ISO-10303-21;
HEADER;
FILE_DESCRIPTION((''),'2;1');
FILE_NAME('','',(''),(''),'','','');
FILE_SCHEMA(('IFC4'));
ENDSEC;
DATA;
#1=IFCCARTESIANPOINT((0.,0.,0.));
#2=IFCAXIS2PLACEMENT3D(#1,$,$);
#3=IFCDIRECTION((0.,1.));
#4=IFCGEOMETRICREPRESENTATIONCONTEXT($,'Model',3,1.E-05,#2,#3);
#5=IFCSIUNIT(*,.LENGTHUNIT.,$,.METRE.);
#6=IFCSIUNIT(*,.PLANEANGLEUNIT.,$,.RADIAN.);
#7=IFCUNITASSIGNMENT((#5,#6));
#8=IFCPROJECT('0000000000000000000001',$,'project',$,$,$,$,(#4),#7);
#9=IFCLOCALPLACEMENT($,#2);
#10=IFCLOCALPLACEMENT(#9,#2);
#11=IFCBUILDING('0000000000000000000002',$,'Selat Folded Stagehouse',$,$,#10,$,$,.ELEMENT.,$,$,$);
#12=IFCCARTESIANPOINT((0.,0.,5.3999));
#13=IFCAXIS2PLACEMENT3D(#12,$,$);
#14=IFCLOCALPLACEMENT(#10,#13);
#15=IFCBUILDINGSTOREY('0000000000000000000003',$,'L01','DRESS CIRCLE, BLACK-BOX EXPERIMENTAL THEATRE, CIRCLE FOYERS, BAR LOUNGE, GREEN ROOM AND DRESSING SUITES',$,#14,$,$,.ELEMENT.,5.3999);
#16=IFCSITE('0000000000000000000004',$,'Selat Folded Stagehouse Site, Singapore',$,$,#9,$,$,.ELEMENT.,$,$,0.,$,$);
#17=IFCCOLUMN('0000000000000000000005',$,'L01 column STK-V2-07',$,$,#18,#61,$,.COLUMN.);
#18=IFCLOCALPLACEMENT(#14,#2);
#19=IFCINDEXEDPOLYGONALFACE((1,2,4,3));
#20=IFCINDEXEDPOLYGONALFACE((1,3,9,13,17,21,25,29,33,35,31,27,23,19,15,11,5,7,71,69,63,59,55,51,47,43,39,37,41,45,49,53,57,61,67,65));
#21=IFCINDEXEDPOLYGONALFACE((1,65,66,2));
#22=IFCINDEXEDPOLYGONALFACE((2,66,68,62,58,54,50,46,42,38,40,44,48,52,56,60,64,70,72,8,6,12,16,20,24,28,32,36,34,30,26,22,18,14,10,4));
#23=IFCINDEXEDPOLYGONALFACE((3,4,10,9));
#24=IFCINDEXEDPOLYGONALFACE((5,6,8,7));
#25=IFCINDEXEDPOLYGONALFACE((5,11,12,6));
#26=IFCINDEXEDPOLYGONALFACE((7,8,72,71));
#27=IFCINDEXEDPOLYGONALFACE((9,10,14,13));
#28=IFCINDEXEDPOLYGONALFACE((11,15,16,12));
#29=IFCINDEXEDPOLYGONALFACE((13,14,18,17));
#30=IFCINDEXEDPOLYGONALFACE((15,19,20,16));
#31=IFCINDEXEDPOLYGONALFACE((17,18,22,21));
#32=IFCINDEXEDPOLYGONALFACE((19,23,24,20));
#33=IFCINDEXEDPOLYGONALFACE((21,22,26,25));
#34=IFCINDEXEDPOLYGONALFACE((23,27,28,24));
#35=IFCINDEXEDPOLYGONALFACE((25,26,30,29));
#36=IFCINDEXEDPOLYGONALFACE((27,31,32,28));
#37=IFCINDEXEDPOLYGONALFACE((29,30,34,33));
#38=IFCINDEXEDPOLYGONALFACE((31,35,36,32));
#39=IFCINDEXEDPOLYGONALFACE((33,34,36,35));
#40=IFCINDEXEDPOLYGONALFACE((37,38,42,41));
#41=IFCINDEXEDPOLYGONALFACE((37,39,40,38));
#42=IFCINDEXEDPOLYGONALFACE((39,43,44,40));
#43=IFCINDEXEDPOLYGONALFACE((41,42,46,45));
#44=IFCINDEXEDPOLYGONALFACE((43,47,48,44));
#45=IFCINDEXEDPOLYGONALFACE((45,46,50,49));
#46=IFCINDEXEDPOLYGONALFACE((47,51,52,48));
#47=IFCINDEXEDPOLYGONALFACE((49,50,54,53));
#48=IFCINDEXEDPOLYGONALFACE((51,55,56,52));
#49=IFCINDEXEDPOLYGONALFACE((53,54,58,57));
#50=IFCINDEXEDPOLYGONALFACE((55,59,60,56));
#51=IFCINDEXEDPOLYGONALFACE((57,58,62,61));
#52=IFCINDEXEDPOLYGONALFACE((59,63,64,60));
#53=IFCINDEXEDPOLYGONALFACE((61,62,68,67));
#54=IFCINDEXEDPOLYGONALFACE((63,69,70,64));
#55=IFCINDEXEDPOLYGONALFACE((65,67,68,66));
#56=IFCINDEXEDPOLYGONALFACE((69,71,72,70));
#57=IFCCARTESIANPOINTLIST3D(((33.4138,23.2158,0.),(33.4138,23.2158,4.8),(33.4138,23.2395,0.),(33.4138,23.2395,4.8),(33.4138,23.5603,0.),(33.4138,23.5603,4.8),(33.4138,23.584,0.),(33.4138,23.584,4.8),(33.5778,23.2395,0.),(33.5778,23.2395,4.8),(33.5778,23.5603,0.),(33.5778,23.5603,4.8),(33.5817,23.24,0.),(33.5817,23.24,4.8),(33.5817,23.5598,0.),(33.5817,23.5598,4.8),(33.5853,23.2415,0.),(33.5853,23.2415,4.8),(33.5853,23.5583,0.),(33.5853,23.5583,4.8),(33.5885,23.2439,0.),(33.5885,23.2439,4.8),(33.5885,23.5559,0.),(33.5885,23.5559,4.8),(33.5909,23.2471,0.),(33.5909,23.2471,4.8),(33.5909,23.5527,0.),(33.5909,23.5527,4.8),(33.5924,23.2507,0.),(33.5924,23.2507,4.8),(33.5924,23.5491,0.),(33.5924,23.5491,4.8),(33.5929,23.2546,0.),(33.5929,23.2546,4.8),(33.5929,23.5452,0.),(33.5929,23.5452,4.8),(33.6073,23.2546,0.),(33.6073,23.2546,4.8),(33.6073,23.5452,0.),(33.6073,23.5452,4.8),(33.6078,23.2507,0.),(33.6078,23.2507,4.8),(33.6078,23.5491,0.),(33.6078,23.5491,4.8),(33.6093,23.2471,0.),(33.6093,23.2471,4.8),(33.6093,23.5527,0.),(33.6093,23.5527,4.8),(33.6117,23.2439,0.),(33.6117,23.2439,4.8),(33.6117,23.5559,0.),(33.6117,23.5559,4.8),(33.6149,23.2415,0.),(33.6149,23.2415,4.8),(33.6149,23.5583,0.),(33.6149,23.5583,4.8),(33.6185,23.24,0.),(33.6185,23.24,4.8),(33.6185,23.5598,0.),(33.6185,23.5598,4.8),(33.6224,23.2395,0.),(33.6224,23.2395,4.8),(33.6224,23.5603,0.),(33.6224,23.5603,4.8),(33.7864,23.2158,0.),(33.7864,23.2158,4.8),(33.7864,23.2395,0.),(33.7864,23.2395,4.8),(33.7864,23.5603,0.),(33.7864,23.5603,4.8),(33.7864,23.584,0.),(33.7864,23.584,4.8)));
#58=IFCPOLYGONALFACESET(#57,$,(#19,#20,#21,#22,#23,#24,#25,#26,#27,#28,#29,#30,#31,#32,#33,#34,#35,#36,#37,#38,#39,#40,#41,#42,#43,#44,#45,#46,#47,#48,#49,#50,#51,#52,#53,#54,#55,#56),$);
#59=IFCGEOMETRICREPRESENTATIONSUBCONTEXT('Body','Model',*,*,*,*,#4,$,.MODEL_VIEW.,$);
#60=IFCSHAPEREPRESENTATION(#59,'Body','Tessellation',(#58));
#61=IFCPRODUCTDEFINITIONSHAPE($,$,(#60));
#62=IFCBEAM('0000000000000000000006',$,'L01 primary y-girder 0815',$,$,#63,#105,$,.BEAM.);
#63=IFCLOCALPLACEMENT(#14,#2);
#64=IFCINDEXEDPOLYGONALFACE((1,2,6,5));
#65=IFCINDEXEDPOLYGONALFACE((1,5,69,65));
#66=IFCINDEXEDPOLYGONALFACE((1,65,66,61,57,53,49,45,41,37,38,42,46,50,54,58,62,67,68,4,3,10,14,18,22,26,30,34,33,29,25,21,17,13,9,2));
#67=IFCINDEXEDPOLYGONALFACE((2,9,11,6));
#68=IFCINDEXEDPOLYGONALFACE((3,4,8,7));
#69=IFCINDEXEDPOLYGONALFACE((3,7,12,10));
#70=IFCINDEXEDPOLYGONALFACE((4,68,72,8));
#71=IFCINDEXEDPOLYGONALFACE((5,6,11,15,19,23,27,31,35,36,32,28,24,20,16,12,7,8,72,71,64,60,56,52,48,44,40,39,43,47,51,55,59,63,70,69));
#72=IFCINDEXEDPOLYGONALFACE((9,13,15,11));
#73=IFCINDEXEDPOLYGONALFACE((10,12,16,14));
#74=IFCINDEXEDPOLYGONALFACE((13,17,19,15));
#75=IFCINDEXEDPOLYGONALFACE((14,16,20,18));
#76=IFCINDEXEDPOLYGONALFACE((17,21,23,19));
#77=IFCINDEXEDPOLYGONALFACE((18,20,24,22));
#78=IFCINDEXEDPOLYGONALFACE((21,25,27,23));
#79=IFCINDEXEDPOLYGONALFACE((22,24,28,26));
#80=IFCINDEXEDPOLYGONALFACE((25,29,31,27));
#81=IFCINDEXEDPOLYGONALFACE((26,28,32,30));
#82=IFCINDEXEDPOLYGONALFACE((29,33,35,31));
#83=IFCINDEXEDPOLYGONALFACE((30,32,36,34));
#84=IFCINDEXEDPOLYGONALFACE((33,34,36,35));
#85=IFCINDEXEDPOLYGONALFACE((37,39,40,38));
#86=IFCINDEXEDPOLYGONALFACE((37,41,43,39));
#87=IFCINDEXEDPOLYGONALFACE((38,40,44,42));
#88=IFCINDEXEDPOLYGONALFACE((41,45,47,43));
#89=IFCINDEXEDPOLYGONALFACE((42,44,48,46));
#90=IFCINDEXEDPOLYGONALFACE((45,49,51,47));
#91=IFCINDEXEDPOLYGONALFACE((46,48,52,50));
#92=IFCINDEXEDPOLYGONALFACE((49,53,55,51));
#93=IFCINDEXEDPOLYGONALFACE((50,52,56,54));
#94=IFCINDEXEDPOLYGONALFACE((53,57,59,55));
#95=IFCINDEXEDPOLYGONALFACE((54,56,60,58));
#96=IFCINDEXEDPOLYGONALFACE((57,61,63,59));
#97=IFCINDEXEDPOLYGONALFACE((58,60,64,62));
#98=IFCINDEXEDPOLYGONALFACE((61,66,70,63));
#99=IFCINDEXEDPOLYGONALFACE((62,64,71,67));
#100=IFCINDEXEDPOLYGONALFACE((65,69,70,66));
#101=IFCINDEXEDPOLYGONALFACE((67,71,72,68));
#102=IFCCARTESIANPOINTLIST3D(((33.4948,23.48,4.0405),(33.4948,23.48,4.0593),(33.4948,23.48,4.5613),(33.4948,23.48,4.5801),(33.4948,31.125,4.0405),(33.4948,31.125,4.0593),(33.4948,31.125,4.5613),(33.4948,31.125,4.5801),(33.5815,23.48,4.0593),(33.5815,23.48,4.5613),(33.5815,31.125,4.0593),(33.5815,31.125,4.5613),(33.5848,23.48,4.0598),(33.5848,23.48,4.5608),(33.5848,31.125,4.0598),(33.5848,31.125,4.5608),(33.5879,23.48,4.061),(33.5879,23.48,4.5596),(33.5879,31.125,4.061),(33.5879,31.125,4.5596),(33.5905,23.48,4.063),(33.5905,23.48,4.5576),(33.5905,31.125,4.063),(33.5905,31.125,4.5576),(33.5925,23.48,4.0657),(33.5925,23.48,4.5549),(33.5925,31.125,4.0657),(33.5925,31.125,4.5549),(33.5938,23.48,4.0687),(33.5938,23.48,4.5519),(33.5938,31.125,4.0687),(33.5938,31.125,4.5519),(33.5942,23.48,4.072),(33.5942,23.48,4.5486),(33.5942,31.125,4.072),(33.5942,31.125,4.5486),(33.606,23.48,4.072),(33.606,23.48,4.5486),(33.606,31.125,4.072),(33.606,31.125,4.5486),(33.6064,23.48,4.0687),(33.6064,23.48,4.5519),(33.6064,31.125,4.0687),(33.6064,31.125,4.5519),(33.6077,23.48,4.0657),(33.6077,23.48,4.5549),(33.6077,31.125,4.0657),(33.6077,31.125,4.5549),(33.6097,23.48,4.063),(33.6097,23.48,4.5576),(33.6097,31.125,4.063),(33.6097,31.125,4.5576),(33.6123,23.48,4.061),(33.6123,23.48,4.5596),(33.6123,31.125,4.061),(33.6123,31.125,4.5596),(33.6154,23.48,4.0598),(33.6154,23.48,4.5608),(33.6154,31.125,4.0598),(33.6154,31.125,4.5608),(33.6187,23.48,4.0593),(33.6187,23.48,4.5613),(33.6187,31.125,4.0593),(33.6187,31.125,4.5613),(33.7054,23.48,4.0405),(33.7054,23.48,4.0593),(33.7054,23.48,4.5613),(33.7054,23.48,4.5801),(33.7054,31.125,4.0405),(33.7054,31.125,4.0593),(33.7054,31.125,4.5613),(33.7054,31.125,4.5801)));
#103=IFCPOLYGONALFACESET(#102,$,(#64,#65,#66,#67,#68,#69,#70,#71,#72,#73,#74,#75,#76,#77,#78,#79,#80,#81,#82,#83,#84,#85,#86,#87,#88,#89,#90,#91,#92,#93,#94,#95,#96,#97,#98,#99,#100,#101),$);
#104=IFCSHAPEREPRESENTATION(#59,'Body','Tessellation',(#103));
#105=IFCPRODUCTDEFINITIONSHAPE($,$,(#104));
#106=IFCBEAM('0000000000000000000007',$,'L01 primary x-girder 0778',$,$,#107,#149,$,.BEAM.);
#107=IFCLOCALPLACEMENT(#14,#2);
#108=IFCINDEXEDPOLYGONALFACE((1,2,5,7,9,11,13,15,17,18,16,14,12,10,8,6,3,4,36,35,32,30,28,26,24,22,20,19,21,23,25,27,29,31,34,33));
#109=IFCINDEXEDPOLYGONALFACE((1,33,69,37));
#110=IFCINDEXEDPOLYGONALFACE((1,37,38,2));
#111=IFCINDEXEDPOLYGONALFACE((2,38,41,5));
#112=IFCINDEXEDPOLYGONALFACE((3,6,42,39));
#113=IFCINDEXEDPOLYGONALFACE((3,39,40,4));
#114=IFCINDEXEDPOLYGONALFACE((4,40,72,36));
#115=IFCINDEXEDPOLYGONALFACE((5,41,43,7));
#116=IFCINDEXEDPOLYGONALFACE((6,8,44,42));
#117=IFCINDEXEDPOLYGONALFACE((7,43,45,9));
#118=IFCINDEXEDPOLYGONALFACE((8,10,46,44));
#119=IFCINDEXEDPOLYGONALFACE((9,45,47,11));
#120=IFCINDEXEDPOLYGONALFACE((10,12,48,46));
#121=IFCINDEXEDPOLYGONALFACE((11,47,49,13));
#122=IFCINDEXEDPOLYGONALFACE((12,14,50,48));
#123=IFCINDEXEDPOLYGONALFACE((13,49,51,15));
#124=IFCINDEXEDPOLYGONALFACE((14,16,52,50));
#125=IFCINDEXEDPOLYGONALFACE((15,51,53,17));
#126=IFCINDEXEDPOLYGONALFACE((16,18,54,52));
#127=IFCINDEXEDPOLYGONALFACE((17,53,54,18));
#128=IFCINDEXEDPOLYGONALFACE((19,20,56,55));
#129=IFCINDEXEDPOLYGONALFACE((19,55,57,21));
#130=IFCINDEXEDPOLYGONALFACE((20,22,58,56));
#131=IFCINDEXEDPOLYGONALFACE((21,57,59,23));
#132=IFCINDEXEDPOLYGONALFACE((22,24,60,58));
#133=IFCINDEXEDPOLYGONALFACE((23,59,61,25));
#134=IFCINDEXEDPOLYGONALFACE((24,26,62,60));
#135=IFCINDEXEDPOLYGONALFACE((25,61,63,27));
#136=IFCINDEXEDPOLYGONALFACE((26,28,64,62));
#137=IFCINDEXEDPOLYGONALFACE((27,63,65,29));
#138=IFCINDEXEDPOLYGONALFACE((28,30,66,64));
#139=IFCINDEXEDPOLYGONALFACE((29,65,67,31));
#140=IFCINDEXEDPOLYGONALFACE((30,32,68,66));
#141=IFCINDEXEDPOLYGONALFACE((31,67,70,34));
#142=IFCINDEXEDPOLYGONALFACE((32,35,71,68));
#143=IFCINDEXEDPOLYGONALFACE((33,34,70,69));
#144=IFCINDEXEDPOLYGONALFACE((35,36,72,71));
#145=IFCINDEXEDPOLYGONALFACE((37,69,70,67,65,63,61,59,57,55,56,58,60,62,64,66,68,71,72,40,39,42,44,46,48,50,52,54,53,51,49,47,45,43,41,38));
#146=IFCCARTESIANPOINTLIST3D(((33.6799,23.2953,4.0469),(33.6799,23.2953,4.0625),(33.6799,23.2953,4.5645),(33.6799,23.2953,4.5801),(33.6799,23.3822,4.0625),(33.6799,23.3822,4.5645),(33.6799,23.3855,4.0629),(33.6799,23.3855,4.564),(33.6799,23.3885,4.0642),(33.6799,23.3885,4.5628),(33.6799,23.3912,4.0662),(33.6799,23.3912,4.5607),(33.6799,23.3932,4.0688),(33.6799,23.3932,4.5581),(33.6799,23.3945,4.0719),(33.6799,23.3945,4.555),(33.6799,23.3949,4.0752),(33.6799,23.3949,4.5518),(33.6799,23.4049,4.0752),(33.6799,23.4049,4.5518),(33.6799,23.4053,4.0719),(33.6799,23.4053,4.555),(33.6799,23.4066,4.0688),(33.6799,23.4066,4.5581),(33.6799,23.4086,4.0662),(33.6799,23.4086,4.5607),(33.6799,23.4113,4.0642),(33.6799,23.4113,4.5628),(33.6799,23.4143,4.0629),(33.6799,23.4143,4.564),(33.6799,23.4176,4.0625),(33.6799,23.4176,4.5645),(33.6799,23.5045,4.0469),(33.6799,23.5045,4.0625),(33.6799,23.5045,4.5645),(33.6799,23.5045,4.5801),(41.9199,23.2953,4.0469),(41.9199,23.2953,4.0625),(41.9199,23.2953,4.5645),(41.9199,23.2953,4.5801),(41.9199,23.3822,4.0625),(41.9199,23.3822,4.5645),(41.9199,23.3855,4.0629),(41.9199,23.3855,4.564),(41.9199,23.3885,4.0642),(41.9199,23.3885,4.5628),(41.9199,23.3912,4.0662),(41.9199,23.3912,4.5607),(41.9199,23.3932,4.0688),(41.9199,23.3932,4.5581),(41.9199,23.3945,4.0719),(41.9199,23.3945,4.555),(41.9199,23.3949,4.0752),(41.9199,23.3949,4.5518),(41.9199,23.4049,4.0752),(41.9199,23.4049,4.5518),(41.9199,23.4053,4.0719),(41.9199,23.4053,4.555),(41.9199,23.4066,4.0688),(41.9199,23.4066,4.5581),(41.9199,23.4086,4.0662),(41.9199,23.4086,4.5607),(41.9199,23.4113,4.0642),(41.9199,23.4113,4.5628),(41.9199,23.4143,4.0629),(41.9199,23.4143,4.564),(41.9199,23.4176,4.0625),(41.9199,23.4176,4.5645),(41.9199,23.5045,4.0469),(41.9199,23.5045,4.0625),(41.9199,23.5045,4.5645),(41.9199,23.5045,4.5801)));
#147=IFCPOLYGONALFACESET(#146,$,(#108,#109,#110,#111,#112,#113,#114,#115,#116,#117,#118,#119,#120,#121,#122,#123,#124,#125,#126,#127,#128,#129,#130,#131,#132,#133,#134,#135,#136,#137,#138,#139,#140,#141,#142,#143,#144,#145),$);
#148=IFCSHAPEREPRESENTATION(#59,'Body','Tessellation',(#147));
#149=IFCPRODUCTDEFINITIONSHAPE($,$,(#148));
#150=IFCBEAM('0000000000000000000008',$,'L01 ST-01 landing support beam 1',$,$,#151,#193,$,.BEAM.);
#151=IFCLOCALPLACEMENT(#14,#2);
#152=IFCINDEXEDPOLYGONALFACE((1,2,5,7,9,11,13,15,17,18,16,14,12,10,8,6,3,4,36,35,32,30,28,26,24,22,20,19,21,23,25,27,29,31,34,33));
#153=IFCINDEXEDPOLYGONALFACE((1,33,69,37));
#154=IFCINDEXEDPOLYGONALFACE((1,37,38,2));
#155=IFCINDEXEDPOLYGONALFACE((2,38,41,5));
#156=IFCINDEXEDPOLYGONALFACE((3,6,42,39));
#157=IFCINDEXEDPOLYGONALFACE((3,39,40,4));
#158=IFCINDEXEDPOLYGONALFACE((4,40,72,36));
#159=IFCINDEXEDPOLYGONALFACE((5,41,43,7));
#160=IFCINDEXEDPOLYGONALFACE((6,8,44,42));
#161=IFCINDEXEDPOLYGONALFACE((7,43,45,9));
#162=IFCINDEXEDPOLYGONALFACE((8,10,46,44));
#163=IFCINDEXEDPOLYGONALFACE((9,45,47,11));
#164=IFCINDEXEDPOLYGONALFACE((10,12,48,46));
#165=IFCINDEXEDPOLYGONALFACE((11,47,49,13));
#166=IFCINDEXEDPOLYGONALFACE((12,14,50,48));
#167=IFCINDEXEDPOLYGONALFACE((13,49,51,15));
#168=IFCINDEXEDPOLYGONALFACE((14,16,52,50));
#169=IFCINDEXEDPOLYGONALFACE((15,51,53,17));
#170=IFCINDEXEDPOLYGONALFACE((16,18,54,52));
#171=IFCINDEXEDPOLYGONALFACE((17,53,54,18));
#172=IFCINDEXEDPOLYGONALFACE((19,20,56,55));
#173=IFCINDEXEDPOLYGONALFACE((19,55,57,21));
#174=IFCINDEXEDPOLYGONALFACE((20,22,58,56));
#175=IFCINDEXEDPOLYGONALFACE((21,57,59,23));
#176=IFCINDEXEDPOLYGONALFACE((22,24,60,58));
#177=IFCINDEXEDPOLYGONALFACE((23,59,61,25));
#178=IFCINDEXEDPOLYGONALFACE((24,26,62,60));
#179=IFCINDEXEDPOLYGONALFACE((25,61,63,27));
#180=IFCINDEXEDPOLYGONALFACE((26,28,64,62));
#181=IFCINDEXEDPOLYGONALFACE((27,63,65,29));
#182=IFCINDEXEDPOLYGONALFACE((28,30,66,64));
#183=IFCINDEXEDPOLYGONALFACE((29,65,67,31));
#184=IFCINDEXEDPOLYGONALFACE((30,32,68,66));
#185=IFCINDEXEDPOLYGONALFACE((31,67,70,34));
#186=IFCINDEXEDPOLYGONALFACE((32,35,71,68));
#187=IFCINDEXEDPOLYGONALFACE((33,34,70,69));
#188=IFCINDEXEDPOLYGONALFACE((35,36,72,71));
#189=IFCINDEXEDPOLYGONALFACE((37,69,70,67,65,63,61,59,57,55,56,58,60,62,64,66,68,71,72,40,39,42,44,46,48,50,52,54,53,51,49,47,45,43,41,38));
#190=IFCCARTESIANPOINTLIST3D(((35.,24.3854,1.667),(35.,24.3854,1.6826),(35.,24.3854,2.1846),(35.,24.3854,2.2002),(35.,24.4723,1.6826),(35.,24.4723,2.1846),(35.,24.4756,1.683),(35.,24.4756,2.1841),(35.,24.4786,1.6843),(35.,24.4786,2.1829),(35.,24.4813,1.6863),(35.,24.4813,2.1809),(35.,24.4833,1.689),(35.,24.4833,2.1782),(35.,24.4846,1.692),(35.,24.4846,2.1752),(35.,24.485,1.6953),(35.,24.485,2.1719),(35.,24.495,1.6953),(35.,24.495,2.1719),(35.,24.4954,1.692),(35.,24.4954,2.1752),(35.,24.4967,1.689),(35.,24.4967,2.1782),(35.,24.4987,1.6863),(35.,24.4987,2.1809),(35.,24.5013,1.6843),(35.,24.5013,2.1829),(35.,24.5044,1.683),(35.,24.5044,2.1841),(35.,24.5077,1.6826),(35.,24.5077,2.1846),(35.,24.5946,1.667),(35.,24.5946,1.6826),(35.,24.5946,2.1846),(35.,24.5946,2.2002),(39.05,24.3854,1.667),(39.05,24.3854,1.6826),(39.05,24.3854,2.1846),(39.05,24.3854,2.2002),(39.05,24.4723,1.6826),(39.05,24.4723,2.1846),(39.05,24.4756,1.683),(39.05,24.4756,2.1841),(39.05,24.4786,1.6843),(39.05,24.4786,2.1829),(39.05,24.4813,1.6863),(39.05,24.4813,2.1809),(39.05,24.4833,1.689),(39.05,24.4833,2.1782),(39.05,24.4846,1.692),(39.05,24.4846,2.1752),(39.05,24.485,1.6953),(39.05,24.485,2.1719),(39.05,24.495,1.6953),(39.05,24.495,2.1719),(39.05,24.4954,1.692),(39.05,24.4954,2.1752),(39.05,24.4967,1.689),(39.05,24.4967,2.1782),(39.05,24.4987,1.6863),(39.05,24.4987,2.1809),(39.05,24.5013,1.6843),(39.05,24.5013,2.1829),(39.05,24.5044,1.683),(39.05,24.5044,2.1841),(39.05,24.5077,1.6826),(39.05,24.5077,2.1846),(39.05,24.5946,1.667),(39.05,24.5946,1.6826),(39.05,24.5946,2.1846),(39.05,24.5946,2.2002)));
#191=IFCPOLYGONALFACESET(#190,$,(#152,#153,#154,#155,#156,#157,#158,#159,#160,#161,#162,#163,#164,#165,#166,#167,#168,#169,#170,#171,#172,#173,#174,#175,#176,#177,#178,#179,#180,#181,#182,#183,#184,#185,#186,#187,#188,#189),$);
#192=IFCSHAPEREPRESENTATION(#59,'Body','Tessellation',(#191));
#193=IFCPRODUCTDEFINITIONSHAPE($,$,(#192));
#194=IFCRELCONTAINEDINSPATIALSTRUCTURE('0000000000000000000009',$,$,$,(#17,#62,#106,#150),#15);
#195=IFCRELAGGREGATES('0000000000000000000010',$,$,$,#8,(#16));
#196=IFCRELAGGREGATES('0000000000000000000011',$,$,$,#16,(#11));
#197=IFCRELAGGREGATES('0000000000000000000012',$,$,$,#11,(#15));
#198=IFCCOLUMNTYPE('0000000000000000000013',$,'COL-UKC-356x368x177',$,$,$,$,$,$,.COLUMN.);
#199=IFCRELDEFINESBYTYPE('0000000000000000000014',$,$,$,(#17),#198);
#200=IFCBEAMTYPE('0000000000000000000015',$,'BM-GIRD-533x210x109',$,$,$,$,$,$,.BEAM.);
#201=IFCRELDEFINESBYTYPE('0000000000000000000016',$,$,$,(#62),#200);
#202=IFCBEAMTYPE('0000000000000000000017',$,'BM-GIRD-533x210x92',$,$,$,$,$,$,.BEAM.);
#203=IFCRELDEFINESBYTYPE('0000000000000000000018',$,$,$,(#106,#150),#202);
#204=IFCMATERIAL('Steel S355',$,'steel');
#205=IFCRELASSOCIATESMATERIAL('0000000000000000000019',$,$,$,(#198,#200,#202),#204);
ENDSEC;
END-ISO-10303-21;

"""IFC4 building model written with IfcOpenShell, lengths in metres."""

from ifc_helpers import new_model, si_unit, direction, frame, origin, origin_2d, place, context, subcontext, project, spatial, i_section, extrude, material, material_profile, profile_set, type_object, element, save


model = new_model("IFC4")

# Units and contexts
model_context = context("Model", 3, precision=1e-05, world=origin(), true_north=direction((0.0, 1.0)))
body_context = subcontext(model_context, "Body", "Model", "MODEL_VIEW")
ifc_project = project(units=[si_unit("LENGTHUNIT", "METRE"), si_unit("PLANEANGLEUNIT", "RADIAN")], contexts=[model_context])

# Site, building, storey
site_placement = place(None, origin())
site = spatial("IfcSite", under=ifc_project, at=site_placement, Name="Selat Folded Stagehouse Site, Singapore", CompositionType="ELEMENT", RefElevation=0.0)
building_placement = place(site_placement, origin())
building = spatial("IfcBuilding", under=site, at=building_placement, Name="Selat Folded Stagehouse", CompositionType="ELEMENT")
storey_placement = place(building_placement, frame((0.0, 0.0, 5.3999)))
storey = spatial("IfcBuildingStorey", under=building, at=storey_placement, Name="L01", Description="DRESS CIRCLE, BLACK-BOX EXPERIMENTAL THEATRE, CIRCLE FOYERS, BAR LOUNGE, GREEN ROOM AND DRESSING SUITES", CompositionType="ELEMENT", Elevation=5.3999)

# Column
ifc_material_1 = material(Name="Steel S355", Category="steel")
ifc_material_profile_1 = material_profile(ifc_material_1, i_section(OverallWidth=0.3726, OverallDepth=0.3682, WebThickness=0.0144, FlangeThickness=0.0237, FilletRadius=0.0151, at=origin_2d()), Name="UKC 356x368x177")
ifc_profile_set_1 = profile_set([ifc_material_profile_1], Name="Steel S355")
column_type = type_object("IfcColumnType", Name="COL-UKC-356x368x177", PredefinedType="COLUMN", material=ifc_profile_set_1)
column_placement = place(storey_placement, frame((33.6001, 23.3999, 0.0), z_axis=(0.0, 0.0, 1.0), x_axis=(1.0, 0.0, 0.0)))
element("IfcColumn", 1, at=column_placement, inside=storey, type_object=column_type, Name="L01 column STK-V2-07", PredefinedType="COLUMN", context=body_context, shape_type="SweptSolid", body=[
    extrude(i_section(OverallWidth=0.3726, OverallDepth=0.3682, WebThickness=0.0144, FlangeThickness=0.0237, FilletRadius=0.0151, at=origin_2d()), origin(), (0.0, 0.0, 1.0), 4.8),
])

# Beams
ifc_material_profile_2 = material_profile(ifc_material_1, i_section(OverallWidth=0.2107, OverallDepth=0.5396, WebThickness=0.0117, FlangeThickness=0.0188, FilletRadius=0.0127, at=origin_2d()), Name="UKB 533x210x109")
ifc_profile_set_2 = profile_set([ifc_material_profile_2], Name="Steel S355")
beam_type_1 = type_object("IfcBeamType", Name="BM-GIRD-533x210x109", PredefinedType="BEAM", material=ifc_profile_set_2)
beam_1_placement = place(storey_placement, frame((33.6001, 23.48, 4.3103), z_axis=(0.0, 1.0, 0.0), x_axis=(-1.0, 0.0, 0.0)))
element("IfcBeam", 2, at=beam_1_placement, inside=storey, type_object=beam_type_1, Name="L01 primary y-girder 0815", PredefinedType="BEAM", context=body_context, shape_type="SweptSolid", body=[
    extrude(i_section(OverallWidth=0.2107, OverallDepth=0.5396, WebThickness=0.0117, FlangeThickness=0.0188, FilletRadius=0.0127, at=origin_2d()), origin(), (0.0, 0.0, 1.0), 7.645),
])
ifc_material_profile_3 = material_profile(ifc_material_1, i_section(OverallWidth=0.2092, OverallDepth=0.5332, WebThickness=0.01, FlangeThickness=0.0156, FilletRadius=0.0127, at=origin_2d()), Name="UKB 533x210x92")
ifc_profile_set_3 = profile_set([ifc_material_profile_3], Name="Steel S355")
beam_type_2 = type_object("IfcBeamType", Name="BM-GIRD-533x210x92", PredefinedType="BEAM", material=ifc_profile_set_3)
beam_2_placement = place(storey_placement, frame((33.6799, 23.3999, 4.3135), z_axis=(1.0, 0.0, 0.0), x_axis=(0.0, 1.0, 0.0)))
element("IfcBeam", 3, at=beam_2_placement, inside=storey, type_object=beam_type_2, Name="L01 primary x-girder 0778", PredefinedType="BEAM", context=body_context, shape_type="SweptSolid", body=[
    extrude(i_section(OverallWidth=0.2092, OverallDepth=0.5332, WebThickness=0.01, FlangeThickness=0.0156, FilletRadius=0.0127, at=origin_2d()), origin(), (0.0, 0.0, 1.0), 8.24),
])
beam_3_placement = place(storey_placement, frame((35.0, 24.49, 1.9336), z_axis=(1.0, 0.0, 0.0), x_axis=(0.0, 1.0, 0.0)))
element("IfcBeam", 4, at=beam_3_placement, inside=storey, type_object=beam_type_2, Name="L01 ST-01 landing support beam 1", PredefinedType="BEAM", context=body_context, shape_type="SweptSolid", body=[
    extrude(i_section(OverallWidth=0.2092, OverallDepth=0.5332, WebThickness=0.01, FlangeThickness=0.0156, FilletRadius=0.0127, at=origin_2d()), origin(), (0.0, 0.0, 1.0), 4.05),
])

save(model, "model.ifc")
